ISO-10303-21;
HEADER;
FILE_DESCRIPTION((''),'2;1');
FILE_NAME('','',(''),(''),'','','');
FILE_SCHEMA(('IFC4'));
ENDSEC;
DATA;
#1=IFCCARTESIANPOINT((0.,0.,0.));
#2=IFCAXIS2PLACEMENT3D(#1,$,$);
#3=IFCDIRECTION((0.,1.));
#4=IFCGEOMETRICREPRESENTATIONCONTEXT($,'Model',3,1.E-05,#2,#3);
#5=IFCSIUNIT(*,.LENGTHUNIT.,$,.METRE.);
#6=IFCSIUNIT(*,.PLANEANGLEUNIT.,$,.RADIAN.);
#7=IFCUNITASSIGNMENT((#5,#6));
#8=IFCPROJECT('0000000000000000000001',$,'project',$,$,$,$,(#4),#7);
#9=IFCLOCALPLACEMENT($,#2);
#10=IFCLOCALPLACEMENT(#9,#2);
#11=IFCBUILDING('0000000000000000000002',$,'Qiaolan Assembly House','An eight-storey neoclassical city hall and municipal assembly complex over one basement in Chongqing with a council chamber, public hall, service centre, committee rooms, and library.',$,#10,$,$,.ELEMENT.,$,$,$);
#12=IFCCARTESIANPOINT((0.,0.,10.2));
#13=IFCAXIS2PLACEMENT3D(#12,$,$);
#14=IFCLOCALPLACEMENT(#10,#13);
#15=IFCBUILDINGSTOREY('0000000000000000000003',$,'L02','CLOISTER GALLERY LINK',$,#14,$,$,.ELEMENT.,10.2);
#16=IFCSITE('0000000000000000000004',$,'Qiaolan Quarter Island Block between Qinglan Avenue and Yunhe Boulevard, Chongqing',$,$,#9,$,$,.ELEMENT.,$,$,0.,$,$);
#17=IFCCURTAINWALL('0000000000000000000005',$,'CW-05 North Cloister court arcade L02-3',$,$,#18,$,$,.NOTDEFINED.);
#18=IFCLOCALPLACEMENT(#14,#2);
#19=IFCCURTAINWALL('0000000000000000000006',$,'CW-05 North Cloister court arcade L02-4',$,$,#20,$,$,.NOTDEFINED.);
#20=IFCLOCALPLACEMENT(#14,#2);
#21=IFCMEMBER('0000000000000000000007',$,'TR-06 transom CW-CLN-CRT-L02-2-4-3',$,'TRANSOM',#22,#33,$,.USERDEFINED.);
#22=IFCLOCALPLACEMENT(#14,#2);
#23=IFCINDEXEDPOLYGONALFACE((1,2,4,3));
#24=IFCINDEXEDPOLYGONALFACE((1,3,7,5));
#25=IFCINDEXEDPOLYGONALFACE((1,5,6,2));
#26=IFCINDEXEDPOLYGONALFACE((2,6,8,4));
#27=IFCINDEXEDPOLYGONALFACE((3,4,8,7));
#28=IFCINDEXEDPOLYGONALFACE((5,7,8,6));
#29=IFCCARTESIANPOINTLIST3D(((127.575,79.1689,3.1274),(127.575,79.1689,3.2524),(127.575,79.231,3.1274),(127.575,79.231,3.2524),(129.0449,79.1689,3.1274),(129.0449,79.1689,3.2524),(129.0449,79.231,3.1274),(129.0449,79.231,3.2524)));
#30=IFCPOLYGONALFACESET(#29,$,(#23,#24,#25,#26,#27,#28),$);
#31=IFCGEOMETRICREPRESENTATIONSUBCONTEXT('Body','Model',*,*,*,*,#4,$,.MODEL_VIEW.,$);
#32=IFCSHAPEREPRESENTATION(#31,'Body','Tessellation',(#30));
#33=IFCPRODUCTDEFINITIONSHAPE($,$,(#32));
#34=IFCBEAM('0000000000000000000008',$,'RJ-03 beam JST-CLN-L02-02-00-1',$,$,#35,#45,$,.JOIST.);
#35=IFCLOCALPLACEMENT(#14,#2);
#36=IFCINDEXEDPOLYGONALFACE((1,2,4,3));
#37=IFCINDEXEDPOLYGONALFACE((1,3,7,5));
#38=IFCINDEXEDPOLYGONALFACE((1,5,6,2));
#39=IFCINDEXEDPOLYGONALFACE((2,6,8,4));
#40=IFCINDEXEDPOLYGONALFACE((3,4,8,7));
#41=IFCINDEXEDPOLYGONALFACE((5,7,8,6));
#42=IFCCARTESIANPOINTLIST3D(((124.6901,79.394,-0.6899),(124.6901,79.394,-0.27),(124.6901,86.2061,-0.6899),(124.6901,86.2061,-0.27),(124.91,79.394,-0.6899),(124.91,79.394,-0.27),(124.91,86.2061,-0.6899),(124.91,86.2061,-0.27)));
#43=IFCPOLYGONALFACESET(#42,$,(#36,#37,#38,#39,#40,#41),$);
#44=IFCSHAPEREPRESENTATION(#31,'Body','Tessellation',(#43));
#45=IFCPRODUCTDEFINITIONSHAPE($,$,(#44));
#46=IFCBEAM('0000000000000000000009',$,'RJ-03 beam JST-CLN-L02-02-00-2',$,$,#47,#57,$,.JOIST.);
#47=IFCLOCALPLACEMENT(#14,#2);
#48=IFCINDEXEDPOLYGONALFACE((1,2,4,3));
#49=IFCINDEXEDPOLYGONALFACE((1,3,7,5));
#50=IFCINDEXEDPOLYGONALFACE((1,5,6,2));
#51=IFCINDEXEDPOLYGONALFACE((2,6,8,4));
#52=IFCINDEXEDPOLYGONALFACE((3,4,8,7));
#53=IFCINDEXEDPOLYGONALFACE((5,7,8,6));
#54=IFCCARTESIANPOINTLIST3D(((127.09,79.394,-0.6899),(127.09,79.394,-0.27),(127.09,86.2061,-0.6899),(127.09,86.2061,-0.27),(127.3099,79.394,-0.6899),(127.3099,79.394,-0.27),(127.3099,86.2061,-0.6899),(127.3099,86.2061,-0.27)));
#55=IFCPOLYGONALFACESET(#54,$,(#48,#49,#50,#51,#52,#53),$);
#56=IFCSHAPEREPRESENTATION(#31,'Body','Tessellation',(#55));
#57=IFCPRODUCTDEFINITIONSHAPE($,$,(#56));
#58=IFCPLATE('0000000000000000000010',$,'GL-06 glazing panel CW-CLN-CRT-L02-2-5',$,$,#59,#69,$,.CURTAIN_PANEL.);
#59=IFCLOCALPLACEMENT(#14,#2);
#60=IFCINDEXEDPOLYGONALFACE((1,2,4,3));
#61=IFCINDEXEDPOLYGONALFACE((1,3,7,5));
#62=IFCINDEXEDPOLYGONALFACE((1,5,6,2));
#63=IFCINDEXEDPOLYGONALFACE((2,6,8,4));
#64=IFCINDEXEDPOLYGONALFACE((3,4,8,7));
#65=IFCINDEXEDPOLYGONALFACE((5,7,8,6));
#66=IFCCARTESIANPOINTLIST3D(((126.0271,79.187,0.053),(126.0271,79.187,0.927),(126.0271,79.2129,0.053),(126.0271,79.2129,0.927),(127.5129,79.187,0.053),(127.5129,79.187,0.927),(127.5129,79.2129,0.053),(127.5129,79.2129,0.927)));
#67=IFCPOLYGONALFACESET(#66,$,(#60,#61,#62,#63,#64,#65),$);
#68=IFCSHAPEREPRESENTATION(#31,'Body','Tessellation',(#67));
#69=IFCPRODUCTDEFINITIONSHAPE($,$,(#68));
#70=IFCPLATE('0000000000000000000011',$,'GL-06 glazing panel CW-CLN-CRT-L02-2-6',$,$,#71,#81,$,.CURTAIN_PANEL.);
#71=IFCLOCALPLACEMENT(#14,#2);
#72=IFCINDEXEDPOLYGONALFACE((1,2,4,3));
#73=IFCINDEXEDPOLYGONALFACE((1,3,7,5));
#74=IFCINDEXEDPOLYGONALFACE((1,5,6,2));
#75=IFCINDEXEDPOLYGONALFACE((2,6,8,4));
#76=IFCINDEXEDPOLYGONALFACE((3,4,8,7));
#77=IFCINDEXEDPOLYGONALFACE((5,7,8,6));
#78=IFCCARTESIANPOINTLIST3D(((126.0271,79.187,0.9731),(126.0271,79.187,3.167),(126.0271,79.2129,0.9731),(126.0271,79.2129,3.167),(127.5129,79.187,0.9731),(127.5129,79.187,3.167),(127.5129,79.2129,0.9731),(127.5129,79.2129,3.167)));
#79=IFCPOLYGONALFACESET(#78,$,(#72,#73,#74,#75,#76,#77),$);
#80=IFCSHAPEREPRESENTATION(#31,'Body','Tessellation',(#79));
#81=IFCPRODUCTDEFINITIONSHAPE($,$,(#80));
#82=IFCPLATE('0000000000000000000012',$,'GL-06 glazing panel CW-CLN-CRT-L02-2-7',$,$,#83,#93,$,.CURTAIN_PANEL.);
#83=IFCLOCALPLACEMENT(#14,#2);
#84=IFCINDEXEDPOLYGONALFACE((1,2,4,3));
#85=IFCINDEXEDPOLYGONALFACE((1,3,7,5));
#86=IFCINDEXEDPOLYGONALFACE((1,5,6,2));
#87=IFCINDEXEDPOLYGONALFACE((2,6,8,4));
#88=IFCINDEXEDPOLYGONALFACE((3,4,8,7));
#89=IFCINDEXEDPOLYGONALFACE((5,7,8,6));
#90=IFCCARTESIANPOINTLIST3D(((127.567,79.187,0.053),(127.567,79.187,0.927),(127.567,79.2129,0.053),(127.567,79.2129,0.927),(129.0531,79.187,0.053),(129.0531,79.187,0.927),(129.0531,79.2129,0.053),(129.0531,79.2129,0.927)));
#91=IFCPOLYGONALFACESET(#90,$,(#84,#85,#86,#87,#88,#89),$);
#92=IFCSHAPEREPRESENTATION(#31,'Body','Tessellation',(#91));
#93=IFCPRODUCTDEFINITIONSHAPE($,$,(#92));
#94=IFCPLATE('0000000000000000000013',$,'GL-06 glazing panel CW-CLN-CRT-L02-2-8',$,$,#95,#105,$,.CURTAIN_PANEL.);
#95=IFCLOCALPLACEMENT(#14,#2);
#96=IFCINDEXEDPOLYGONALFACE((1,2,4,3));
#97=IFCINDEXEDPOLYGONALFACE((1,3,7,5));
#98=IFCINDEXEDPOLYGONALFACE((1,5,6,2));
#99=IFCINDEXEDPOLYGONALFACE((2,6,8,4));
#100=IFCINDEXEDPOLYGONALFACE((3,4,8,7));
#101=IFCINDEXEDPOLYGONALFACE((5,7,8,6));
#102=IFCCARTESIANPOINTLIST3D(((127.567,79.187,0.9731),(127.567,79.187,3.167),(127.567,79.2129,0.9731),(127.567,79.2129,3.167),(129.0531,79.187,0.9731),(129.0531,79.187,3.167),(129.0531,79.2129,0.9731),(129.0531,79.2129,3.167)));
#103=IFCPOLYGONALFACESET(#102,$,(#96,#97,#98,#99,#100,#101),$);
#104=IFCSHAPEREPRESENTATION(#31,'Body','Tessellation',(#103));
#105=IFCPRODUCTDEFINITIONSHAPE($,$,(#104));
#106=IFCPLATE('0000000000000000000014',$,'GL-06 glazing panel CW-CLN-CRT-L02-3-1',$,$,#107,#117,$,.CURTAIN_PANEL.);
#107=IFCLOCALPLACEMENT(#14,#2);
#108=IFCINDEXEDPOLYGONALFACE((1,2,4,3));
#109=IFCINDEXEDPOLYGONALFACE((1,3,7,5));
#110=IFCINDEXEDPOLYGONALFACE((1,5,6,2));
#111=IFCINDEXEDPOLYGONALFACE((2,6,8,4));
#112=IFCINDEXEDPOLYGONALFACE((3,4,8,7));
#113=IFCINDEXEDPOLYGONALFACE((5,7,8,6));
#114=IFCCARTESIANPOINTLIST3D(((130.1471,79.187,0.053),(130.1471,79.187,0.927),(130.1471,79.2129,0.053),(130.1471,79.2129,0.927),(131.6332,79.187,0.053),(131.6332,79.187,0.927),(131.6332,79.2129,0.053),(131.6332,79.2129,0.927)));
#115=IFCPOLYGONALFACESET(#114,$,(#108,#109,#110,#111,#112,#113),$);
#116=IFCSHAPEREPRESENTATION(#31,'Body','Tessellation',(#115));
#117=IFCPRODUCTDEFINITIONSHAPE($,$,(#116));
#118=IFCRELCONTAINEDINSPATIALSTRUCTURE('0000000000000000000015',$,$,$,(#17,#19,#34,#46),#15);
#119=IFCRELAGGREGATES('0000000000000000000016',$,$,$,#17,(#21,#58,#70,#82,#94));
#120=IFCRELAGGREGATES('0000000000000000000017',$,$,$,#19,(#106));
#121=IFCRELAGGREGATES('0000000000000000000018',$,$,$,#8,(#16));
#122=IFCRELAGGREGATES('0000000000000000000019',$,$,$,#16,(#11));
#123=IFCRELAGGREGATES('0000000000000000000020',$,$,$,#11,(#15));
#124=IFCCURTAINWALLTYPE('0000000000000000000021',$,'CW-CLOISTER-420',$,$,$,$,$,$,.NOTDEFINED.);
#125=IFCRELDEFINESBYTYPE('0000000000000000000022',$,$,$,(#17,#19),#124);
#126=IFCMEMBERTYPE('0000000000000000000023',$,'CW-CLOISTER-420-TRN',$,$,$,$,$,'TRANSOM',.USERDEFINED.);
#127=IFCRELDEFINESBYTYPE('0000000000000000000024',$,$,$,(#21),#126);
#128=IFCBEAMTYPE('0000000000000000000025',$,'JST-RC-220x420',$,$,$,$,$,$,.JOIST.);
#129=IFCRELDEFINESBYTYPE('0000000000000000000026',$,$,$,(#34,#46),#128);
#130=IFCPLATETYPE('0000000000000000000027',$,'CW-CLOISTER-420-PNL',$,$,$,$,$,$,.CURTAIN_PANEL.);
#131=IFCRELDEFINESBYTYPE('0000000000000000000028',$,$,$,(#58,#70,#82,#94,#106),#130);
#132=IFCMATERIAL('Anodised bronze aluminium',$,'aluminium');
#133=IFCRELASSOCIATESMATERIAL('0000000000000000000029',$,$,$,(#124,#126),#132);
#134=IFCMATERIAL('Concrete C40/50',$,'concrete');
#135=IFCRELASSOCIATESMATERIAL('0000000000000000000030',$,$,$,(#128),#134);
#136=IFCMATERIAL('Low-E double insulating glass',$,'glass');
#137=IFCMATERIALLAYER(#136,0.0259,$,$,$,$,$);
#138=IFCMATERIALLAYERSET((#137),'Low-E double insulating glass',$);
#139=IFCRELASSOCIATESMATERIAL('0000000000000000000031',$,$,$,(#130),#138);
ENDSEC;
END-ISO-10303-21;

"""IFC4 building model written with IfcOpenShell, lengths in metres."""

from ifc_helpers import new_model, si_unit, direction, frame, frame_2d, origin, origin_2d, place, context, subcontext, project, spatial, rectangle, extrude, material, layer, layer_set, material_profile, profile_set, type_object, element, aggregate, save


model = new_model("IFC4")

# Units and contexts
model_context = context("Model", 3, precision=1e-05, world=origin(), true_north=direction((0.0, 1.0)))
body_context = subcontext(model_context, "Body", "Model", "MODEL_VIEW")
ifc_project = project(units=[si_unit("LENGTHUNIT", "METRE"), si_unit("PLANEANGLEUNIT", "RADIAN")], contexts=[model_context])

# Site, building, storey
site_placement = place(None, origin())
site = spatial("IfcSite", under=ifc_project, at=site_placement, Name="Qiaolan Quarter Island Block between Qinglan Avenue and Yunhe Boulevard, Chongqing", CompositionType="ELEMENT", RefElevation=0.0)
building_placement = place(site_placement, origin())
building = spatial("IfcBuilding", under=site, at=building_placement, Name="Qiaolan Assembly House", Description="An eight-storey neoclassical city hall and municipal assembly complex over one basement in Chongqing with a council chamber, public hall, service centre, committee rooms, and library.", CompositionType="ELEMENT")
storey_placement = place(building_placement, frame((0.0, 0.0, 10.2)))
storey = spatial("IfcBuildingStorey", under=building, at=storey_placement, Name="L02", Description="CLOISTER GALLERY LINK", CompositionType="ELEMENT", Elevation=10.2)

# Shared definitions
ifc_material_1 = material(Name="Concrete C40/50", Category="concrete")

# Curtain wall
ifc_material_2 = material(Name="Anodised bronze aluminium", Category="aluminium")
curtain_wall_type = type_object("IfcCurtainWallType", Name="CW-CLOISTER-420", PredefinedType="NOTDEFINED", material=ifc_material_2)
curtain_wall_1_placement = place(storey_placement, origin())
curtain_wall_1 = element("IfcCurtainWall", 1, at=curtain_wall_1_placement, inside=storey, type_object=curtain_wall_type, Name="CW-05 North Cloister court arcade L02-3", PredefinedType="NOTDEFINED")

# Curtain wall
curtain_wall_2_placement = place(storey_placement, origin())
curtain_wall_2 = element("IfcCurtainWall", 2, at=curtain_wall_2_placement, inside=storey, type_object=curtain_wall_type, Name="CW-05 North Cloister court arcade L02-4", PredefinedType="NOTDEFINED")

# Member
ifc_material_profile_1 = material_profile(ifc_material_2, rectangle(XDim=0.062, YDim=0.125, at=origin_2d()), Name="TRN 62x125")
ifc_profile_set_1 = profile_set([ifc_material_profile_1], Name="Anodised bronze aluminium")
member_type_1 = type_object("IfcMemberType", Name="CW-CLOISTER-420-TRN", ElementType="TRANSOM", PredefinedType="USERDEFINED", material=ifc_profile_set_1)
member_1_placement = place(storey_placement, frame((127.575, 79.2, 3.1899), z_axis=(1.0, 0.0, 0.0), x_axis=(0.0, 1.0, 0.0)))
member_1 = element("IfcMember", 3, at=member_1_placement, type_object=member_type_1, Name="TR-06 transom CW-CLN-CRT-L02-2-4-3", ObjectType="TRANSOM", PredefinedType="USERDEFINED", context=body_context, shape_type="SweptSolid", body=[
    extrude(rectangle(XDim=0.062, YDim=0.125, at=origin_2d()), origin(), (0.0, 0.0, 1.0), 1.47),
])

# Beams
ifc_material_profile_2 = material_profile(ifc_material_1, rectangle(XDim=0.22, YDim=0.4199, at=origin_2d()), Name="RCB 220x420")
ifc_profile_set_2 = profile_set([ifc_material_profile_2], Name="Concrete C40/50")
beam_type_1 = type_object("IfcBeamType", Name="JST-RC-220x420", PredefinedType="JOIST", material=ifc_profile_set_2)
for number, where, z_axis, x_axis, name in (
    (4, (124.8, 79.394, -0.48), (0.0, 1.0, 0.0), (-1.0, 0.0, 0.0), "RJ-03 beam JST-CLN-L02-02-00-1"),
    (5, (127.2, 79.394, -0.48), (0.0, 1.0, 0.0), (-1.0, 0.0, 0.0), "RJ-03 beam JST-CLN-L02-02-00-2"),
):
    element("IfcBeam", number, at=place(storey_placement, frame(where, z_axis=z_axis, x_axis=x_axis)), inside=storey, type_object=beam_type_1, Name=name, PredefinedType="JOIST", context=body_context, shape_type="SweptSolid", body=[
        extrude(rectangle(XDim=0.22, YDim=0.4199, at=origin_2d()), origin(), (0.0, 0.0, 1.0), 6.812),
    ])

# Plates
ifc_material_3 = material(Name="Low-E double insulating glass", Category="glass")
ifc_layer = layer(ifc_material_3, 0.0259)
ifc_layer_set = layer_set([ifc_layer], Name="Low-E double insulating glass")
plate_type = type_object("IfcPlateType", Name="CW-CLOISTER-420-PNL", PredefinedType="CURTAIN_PANEL", material=ifc_layer_set)
plate_1_placement = place(storey_placement, frame((126.0271, 79.2, 0.053), z_axis=(0.0, 0.0, 1.0), x_axis=(1.0, 0.0, 0.0)))
plate_1 = element("IfcPlate", 6, at=plate_1_placement, type_object=plate_type, Name="GL-06 glazing panel CW-CLN-CRT-L02-2-5", PredefinedType="CURTAIN_PANEL", context=body_context, shape_type="SweptSolid", body=[
    extrude(rectangle(XDim=1.4858, YDim=0.0259, at=frame_2d((0.7429, 0.0))), origin(), (0.0, 0.0, 1.0), 0.874),
])
plate_2_placement = place(storey_placement, frame((126.0271, 79.2, 0.9731), z_axis=(0.0, 0.0, 1.0), x_axis=(1.0, 0.0, 0.0)))
plate_2 = element("IfcPlate", 7, at=plate_2_placement, type_object=plate_type, Name="GL-06 glazing panel CW-CLN-CRT-L02-2-6", PredefinedType="CURTAIN_PANEL", context=body_context, shape_type="SweptSolid", body=[
    extrude(rectangle(XDim=1.4858, YDim=0.0259, at=frame_2d((0.7429, 0.0))), origin(), (0.0, 0.0, 1.0), 2.1938),
])
plate_3_placement = place(storey_placement, frame((127.5669, 79.2, 0.053), z_axis=(0.0, 0.0, 1.0), x_axis=(1.0, 0.0, 0.0)))
plate_3 = element("IfcPlate", 8, at=plate_3_placement, type_object=plate_type, Name="GL-06 glazing panel CW-CLN-CRT-L02-2-7", PredefinedType="CURTAIN_PANEL", context=body_context, shape_type="SweptSolid", body=[
    extrude(rectangle(XDim=1.4861, YDim=0.0259, at=frame_2d((0.7432, 0.0))), origin(), (0.0, 0.0, 1.0), 0.874),
])
plate_4_placement = place(storey_placement, frame((127.5669, 79.2, 0.9731), z_axis=(0.0, 0.0, 1.0), x_axis=(1.0, 0.0, 0.0)))
plate_4 = element("IfcPlate", 9, at=plate_4_placement, type_object=plate_type, Name="GL-06 glazing panel CW-CLN-CRT-L02-2-8", PredefinedType="CURTAIN_PANEL", context=body_context, shape_type="SweptSolid", body=[
    extrude(rectangle(XDim=1.4861, YDim=0.0259, at=frame_2d((0.7432, 0.0))), origin(), (0.0, 0.0, 1.0), 2.1938),
])
aggregate(curtain_wall_1, [member_1, plate_1, plate_2, plate_3, plate_4])
plate_5_placement = place(storey_placement, frame((130.147, 79.2, 0.053), z_axis=(0.0, 0.0, 1.0), x_axis=(1.0, 0.0, 0.0)))
plate_5 = element("IfcPlate", 10, at=plate_5_placement, type_object=plate_type, Name="GL-06 glazing panel CW-CLN-CRT-L02-3-1", PredefinedType="CURTAIN_PANEL", context=body_context, shape_type="SweptSolid", body=[
    extrude(rectangle(XDim=1.4861, YDim=0.0259, at=frame_2d((0.7432, 0.0))), origin(), (0.0, 0.0, 1.0), 0.874),
])
aggregate(curtain_wall_2, [plate_5])

save(model, "model.ifc")
